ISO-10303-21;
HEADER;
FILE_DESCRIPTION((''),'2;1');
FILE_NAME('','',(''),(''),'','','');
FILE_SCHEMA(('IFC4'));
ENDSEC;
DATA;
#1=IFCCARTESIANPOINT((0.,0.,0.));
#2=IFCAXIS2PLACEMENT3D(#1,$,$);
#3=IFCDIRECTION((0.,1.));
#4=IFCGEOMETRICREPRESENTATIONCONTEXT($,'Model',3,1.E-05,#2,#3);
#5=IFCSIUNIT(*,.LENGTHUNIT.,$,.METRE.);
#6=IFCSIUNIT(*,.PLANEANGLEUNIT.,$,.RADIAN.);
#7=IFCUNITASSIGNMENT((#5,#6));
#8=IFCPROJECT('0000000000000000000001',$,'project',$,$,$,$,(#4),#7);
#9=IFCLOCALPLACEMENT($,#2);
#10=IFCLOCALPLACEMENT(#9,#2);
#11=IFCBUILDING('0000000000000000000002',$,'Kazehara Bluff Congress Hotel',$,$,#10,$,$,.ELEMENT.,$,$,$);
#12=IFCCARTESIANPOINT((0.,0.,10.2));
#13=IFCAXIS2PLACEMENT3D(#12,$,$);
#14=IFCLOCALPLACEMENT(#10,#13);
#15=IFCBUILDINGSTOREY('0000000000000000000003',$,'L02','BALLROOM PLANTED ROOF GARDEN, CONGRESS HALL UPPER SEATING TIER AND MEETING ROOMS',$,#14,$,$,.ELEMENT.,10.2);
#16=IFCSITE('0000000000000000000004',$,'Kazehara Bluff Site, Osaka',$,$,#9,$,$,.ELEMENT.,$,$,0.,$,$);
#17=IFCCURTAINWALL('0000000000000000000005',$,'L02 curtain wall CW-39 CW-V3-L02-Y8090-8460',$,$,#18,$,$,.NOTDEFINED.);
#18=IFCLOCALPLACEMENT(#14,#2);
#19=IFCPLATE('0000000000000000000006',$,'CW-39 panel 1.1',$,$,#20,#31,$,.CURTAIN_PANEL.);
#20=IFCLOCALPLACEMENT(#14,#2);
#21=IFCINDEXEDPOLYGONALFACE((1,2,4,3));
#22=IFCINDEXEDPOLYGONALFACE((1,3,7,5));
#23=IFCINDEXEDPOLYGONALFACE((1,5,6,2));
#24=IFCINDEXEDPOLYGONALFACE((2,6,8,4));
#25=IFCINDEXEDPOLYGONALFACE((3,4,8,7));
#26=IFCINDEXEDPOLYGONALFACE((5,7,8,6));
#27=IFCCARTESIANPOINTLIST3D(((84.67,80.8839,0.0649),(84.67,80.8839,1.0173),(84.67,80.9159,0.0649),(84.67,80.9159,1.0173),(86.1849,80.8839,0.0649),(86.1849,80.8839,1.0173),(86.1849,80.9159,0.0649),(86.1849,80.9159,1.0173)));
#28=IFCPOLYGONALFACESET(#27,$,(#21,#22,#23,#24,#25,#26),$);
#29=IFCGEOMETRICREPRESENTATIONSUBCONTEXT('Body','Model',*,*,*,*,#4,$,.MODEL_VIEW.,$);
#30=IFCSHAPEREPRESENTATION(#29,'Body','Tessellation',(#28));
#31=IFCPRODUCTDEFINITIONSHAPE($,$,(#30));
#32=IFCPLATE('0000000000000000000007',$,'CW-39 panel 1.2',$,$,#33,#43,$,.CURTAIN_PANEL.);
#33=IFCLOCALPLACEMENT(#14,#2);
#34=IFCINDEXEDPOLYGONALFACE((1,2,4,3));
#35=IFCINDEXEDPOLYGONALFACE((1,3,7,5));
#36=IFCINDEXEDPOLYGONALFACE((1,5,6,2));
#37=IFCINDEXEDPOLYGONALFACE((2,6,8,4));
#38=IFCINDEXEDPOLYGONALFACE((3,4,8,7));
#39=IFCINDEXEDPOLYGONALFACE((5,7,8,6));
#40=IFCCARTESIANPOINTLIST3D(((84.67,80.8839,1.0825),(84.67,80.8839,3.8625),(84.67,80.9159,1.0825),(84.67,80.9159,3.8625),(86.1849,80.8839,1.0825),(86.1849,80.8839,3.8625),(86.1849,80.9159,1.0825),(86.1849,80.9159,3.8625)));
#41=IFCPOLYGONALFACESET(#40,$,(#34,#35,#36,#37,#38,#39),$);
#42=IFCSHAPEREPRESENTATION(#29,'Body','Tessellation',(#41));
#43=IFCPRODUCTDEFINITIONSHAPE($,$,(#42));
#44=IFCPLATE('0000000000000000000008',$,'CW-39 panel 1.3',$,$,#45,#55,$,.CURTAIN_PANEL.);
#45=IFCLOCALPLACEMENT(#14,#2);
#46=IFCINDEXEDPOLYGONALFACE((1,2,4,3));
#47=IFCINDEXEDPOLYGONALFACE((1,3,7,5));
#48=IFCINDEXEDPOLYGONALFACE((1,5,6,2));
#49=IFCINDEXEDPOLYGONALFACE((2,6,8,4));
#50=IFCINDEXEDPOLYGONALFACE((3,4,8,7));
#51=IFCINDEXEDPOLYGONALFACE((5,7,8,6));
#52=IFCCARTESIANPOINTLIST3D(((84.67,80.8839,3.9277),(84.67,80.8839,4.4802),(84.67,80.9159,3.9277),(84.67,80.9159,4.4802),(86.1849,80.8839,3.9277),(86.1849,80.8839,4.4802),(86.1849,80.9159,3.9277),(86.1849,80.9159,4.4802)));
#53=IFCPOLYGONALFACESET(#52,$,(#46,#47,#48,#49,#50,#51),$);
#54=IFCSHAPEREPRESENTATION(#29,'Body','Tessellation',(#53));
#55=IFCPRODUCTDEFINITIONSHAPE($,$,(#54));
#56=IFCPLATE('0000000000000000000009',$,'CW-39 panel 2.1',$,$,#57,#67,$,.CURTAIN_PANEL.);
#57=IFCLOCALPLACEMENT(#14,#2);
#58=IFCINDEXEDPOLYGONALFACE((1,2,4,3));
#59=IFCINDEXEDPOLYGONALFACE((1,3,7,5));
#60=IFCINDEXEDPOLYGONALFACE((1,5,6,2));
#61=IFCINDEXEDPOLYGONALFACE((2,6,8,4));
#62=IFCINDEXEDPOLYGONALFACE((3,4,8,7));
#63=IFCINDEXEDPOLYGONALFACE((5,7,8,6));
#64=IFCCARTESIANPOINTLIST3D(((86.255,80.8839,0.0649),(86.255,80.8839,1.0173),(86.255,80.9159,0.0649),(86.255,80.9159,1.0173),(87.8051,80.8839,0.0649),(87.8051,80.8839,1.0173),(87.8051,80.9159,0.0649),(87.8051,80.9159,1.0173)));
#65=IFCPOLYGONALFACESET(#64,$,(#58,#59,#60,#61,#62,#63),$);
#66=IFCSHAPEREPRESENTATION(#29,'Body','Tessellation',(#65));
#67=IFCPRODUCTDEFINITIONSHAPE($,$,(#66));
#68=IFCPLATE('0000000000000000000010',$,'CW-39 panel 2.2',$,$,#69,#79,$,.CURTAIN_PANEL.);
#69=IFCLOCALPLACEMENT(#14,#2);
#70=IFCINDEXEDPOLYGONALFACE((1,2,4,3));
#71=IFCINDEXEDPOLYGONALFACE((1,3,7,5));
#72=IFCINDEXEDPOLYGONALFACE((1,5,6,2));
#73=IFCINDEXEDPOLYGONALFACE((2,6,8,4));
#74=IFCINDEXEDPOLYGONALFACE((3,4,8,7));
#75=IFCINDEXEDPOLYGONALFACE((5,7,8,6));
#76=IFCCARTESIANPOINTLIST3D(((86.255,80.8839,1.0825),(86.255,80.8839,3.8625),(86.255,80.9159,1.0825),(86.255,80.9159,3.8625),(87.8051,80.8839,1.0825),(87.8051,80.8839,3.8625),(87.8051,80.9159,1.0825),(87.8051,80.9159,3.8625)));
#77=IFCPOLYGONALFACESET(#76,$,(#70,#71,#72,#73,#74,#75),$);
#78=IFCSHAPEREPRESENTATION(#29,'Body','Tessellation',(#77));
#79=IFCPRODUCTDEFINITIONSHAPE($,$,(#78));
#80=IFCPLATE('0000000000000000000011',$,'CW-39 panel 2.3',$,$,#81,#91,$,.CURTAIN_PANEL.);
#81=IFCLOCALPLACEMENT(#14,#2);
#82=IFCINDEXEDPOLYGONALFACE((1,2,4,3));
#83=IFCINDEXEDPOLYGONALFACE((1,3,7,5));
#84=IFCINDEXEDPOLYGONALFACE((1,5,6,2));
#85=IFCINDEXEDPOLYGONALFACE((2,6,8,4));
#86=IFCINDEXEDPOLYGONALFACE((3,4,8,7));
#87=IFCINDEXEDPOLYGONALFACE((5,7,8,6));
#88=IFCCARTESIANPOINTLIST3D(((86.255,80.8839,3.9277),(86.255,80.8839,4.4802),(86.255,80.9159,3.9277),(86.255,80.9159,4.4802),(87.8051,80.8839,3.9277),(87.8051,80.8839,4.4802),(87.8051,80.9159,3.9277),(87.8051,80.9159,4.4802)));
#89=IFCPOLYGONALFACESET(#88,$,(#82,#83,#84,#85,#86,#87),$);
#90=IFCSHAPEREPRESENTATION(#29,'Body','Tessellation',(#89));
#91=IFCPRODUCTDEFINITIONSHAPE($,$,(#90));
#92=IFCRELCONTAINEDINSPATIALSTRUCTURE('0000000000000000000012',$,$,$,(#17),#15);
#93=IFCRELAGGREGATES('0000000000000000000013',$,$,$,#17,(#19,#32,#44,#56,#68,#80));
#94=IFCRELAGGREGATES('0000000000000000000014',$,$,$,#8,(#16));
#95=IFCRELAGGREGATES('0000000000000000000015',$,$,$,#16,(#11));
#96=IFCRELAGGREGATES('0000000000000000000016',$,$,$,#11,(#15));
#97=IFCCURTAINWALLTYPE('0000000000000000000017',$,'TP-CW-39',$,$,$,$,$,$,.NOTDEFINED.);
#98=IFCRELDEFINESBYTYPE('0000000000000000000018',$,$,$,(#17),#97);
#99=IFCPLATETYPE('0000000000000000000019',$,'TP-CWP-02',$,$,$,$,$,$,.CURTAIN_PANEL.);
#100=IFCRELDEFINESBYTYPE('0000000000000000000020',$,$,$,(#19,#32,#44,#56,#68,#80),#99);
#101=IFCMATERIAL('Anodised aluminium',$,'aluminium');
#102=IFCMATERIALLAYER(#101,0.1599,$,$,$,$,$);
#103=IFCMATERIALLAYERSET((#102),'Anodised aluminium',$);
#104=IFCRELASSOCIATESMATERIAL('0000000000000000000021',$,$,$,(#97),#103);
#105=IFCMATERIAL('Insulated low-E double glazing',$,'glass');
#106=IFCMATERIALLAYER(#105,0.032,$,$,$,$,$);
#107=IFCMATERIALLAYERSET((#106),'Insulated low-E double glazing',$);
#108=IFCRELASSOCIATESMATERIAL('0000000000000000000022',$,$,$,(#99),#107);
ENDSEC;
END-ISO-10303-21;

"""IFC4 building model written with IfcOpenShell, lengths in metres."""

from ifc_helpers import new_model, si_unit, direction, frame, origin, origin_2d, place, context, subcontext, project, spatial, rectangle, extrude, material, layer, layer_set, type_object, element, aggregate, save


model = new_model("IFC4")

# Units and contexts
model_context = context("Model", 3, precision=1e-05, world=origin(), true_north=direction((0.0, 1.0)))
body_context = subcontext(model_context, "Body", "Model", "MODEL_VIEW")
ifc_project = project(units=[si_unit("LENGTHUNIT", "METRE"), si_unit("PLANEANGLEUNIT", "RADIAN")], contexts=[model_context])

# Site, building, storey
site_placement = place(None, origin())
site = spatial("IfcSite", under=ifc_project, at=site_placement, Name="Kazehara Bluff Site, Osaka", CompositionType="ELEMENT", RefElevation=0.0)
building_placement = place(site_placement, origin())
building = spatial("IfcBuilding", under=site, at=building_placement, Name="Kazehara Bluff Congress Hotel", CompositionType="ELEMENT")
storey_placement = place(building_placement, frame((0.0, 0.0, 10.2)))
storey = spatial("IfcBuildingStorey", under=building, at=storey_placement, Name="L02", Description="BALLROOM PLANTED ROOF GARDEN, CONGRESS HALL UPPER SEATING TIER AND MEETING ROOMS", CompositionType="ELEMENT", Elevation=10.2)

# Curtain wall
ifc_material_1 = material(Name="Anodised aluminium", Category="aluminium")
ifc_layer_1 = layer(ifc_material_1, 0.1599)
ifc_layer_set_1 = layer_set([ifc_layer_1], Name="Anodised aluminium")
curtain_wall_type = type_object("IfcCurtainWallType", Name="TP-CW-39", PredefinedType="NOTDEFINED", material=ifc_layer_set_1)
curtain_wall_1_placement = place(storey_placement, origin())
curtain_wall_1 = element("IfcCurtainWall", 1, at=curtain_wall_1_placement, inside=storey, type_object=curtain_wall_type, Name="L02 curtain wall CW-39 CW-V3-L02-Y8090-8460", PredefinedType="NOTDEFINED")

# Plates
ifc_material_2 = material(Name="Insulated low-E double glazing", Category="glass")
ifc_layer_2 = layer(ifc_material_2, 0.032)
ifc_layer_set_2 = layer_set([ifc_layer_2], Name="Insulated low-E double glazing")
plate_type = type_object("IfcPlateType", Name="TP-CWP-02", PredefinedType="CURTAIN_PANEL", material=ifc_layer_set_2)
plate_1_placement = place(storey_placement, frame((85.4275, 80.8999, 0.0649), z_axis=(0.0, 0.0, 1.0), x_axis=(1.0, 0.0, 0.0)))
plate_1 = element("IfcPlate", 2, at=plate_1_placement, type_object=plate_type, Name="CW-39 panel 1.1", PredefinedType="CURTAIN_PANEL", context=body_context, shape_type="SweptSolid", body=[
    extrude(rectangle(XDim=1.5149, YDim=0.032, at=origin_2d()), origin(), (0.0, 0.0, 1.0), 0.9524),
])
plate_2_placement = place(storey_placement, frame((85.4275, 80.8999, 1.0825), z_axis=(0.0, 0.0, 1.0), x_axis=(1.0, 0.0, 0.0)))
plate_2 = element("IfcPlate", 3, at=plate_2_placement, type_object=plate_type, Name="CW-39 panel 1.2", PredefinedType="CURTAIN_PANEL", context=body_context, shape_type="SweptSolid", body=[
    extrude(rectangle(XDim=1.5149, YDim=0.032, at=origin_2d()), origin(), (0.0, 0.0, 1.0), 2.78),
])
plate_3_placement = place(storey_placement, frame((85.4275, 80.8999, 3.9277), z_axis=(0.0, 0.0, 1.0), x_axis=(1.0, 0.0, 0.0)))
plate_3 = element("IfcPlate", 4, at=plate_3_placement, type_object=plate_type, Name="CW-39 panel 1.3", PredefinedType="CURTAIN_PANEL", context=body_context, shape_type="SweptSolid", body=[
    extrude(rectangle(XDim=1.5149, YDim=0.032, at=origin_2d()), origin(), (0.0, 0.0, 1.0), 0.5525),
])
plate_4_placement = place(storey_placement, frame((87.03, 80.8999, 0.0649), z_axis=(0.0, 0.0, 1.0), x_axis=(1.0, 0.0, 0.0)))
plate_4 = element("IfcPlate", 5, at=plate_4_placement, type_object=plate_type, Name="CW-39 panel 2.1", PredefinedType="CURTAIN_PANEL", context=body_context, shape_type="SweptSolid", body=[
    extrude(rectangle(XDim=1.55, YDim=0.032, at=origin_2d()), origin(), (0.0, 0.0, 1.0), 0.9524),
])
plate_5_placement = place(storey_placement, frame((87.03, 80.8999, 1.0825), z_axis=(0.0, 0.0, 1.0), x_axis=(1.0, 0.0, 0.0)))
plate_5 = element("IfcPlate", 6, at=plate_5_placement, type_object=plate_type, Name="CW-39 panel 2.2", PredefinedType="CURTAIN_PANEL", context=body_context, shape_type="SweptSolid", body=[
    extrude(rectangle(XDim=1.55, YDim=0.032, at=origin_2d()), origin(), (0.0, 0.0, 1.0), 2.78),
])
plate_6_placement = place(storey_placement, frame((87.03, 80.8999, 3.9277), z_axis=(0.0, 0.0, 1.0), x_axis=(1.0, 0.0, 0.0)))
plate_6 = element("IfcPlate", 7, at=plate_6_placement, type_object=plate_type, Name="CW-39 panel 2.3", PredefinedType="CURTAIN_PANEL", context=body_context, shape_type="SweptSolid", body=[
    extrude(rectangle(XDim=1.55, YDim=0.032, at=origin_2d()), origin(), (0.0, 0.0, 1.0), 0.5525),
])
aggregate(curtain_wall_1, [plate_1, plate_2, plate_3, plate_4, plate_5, plate_6])

save(model, "model.ifc")
